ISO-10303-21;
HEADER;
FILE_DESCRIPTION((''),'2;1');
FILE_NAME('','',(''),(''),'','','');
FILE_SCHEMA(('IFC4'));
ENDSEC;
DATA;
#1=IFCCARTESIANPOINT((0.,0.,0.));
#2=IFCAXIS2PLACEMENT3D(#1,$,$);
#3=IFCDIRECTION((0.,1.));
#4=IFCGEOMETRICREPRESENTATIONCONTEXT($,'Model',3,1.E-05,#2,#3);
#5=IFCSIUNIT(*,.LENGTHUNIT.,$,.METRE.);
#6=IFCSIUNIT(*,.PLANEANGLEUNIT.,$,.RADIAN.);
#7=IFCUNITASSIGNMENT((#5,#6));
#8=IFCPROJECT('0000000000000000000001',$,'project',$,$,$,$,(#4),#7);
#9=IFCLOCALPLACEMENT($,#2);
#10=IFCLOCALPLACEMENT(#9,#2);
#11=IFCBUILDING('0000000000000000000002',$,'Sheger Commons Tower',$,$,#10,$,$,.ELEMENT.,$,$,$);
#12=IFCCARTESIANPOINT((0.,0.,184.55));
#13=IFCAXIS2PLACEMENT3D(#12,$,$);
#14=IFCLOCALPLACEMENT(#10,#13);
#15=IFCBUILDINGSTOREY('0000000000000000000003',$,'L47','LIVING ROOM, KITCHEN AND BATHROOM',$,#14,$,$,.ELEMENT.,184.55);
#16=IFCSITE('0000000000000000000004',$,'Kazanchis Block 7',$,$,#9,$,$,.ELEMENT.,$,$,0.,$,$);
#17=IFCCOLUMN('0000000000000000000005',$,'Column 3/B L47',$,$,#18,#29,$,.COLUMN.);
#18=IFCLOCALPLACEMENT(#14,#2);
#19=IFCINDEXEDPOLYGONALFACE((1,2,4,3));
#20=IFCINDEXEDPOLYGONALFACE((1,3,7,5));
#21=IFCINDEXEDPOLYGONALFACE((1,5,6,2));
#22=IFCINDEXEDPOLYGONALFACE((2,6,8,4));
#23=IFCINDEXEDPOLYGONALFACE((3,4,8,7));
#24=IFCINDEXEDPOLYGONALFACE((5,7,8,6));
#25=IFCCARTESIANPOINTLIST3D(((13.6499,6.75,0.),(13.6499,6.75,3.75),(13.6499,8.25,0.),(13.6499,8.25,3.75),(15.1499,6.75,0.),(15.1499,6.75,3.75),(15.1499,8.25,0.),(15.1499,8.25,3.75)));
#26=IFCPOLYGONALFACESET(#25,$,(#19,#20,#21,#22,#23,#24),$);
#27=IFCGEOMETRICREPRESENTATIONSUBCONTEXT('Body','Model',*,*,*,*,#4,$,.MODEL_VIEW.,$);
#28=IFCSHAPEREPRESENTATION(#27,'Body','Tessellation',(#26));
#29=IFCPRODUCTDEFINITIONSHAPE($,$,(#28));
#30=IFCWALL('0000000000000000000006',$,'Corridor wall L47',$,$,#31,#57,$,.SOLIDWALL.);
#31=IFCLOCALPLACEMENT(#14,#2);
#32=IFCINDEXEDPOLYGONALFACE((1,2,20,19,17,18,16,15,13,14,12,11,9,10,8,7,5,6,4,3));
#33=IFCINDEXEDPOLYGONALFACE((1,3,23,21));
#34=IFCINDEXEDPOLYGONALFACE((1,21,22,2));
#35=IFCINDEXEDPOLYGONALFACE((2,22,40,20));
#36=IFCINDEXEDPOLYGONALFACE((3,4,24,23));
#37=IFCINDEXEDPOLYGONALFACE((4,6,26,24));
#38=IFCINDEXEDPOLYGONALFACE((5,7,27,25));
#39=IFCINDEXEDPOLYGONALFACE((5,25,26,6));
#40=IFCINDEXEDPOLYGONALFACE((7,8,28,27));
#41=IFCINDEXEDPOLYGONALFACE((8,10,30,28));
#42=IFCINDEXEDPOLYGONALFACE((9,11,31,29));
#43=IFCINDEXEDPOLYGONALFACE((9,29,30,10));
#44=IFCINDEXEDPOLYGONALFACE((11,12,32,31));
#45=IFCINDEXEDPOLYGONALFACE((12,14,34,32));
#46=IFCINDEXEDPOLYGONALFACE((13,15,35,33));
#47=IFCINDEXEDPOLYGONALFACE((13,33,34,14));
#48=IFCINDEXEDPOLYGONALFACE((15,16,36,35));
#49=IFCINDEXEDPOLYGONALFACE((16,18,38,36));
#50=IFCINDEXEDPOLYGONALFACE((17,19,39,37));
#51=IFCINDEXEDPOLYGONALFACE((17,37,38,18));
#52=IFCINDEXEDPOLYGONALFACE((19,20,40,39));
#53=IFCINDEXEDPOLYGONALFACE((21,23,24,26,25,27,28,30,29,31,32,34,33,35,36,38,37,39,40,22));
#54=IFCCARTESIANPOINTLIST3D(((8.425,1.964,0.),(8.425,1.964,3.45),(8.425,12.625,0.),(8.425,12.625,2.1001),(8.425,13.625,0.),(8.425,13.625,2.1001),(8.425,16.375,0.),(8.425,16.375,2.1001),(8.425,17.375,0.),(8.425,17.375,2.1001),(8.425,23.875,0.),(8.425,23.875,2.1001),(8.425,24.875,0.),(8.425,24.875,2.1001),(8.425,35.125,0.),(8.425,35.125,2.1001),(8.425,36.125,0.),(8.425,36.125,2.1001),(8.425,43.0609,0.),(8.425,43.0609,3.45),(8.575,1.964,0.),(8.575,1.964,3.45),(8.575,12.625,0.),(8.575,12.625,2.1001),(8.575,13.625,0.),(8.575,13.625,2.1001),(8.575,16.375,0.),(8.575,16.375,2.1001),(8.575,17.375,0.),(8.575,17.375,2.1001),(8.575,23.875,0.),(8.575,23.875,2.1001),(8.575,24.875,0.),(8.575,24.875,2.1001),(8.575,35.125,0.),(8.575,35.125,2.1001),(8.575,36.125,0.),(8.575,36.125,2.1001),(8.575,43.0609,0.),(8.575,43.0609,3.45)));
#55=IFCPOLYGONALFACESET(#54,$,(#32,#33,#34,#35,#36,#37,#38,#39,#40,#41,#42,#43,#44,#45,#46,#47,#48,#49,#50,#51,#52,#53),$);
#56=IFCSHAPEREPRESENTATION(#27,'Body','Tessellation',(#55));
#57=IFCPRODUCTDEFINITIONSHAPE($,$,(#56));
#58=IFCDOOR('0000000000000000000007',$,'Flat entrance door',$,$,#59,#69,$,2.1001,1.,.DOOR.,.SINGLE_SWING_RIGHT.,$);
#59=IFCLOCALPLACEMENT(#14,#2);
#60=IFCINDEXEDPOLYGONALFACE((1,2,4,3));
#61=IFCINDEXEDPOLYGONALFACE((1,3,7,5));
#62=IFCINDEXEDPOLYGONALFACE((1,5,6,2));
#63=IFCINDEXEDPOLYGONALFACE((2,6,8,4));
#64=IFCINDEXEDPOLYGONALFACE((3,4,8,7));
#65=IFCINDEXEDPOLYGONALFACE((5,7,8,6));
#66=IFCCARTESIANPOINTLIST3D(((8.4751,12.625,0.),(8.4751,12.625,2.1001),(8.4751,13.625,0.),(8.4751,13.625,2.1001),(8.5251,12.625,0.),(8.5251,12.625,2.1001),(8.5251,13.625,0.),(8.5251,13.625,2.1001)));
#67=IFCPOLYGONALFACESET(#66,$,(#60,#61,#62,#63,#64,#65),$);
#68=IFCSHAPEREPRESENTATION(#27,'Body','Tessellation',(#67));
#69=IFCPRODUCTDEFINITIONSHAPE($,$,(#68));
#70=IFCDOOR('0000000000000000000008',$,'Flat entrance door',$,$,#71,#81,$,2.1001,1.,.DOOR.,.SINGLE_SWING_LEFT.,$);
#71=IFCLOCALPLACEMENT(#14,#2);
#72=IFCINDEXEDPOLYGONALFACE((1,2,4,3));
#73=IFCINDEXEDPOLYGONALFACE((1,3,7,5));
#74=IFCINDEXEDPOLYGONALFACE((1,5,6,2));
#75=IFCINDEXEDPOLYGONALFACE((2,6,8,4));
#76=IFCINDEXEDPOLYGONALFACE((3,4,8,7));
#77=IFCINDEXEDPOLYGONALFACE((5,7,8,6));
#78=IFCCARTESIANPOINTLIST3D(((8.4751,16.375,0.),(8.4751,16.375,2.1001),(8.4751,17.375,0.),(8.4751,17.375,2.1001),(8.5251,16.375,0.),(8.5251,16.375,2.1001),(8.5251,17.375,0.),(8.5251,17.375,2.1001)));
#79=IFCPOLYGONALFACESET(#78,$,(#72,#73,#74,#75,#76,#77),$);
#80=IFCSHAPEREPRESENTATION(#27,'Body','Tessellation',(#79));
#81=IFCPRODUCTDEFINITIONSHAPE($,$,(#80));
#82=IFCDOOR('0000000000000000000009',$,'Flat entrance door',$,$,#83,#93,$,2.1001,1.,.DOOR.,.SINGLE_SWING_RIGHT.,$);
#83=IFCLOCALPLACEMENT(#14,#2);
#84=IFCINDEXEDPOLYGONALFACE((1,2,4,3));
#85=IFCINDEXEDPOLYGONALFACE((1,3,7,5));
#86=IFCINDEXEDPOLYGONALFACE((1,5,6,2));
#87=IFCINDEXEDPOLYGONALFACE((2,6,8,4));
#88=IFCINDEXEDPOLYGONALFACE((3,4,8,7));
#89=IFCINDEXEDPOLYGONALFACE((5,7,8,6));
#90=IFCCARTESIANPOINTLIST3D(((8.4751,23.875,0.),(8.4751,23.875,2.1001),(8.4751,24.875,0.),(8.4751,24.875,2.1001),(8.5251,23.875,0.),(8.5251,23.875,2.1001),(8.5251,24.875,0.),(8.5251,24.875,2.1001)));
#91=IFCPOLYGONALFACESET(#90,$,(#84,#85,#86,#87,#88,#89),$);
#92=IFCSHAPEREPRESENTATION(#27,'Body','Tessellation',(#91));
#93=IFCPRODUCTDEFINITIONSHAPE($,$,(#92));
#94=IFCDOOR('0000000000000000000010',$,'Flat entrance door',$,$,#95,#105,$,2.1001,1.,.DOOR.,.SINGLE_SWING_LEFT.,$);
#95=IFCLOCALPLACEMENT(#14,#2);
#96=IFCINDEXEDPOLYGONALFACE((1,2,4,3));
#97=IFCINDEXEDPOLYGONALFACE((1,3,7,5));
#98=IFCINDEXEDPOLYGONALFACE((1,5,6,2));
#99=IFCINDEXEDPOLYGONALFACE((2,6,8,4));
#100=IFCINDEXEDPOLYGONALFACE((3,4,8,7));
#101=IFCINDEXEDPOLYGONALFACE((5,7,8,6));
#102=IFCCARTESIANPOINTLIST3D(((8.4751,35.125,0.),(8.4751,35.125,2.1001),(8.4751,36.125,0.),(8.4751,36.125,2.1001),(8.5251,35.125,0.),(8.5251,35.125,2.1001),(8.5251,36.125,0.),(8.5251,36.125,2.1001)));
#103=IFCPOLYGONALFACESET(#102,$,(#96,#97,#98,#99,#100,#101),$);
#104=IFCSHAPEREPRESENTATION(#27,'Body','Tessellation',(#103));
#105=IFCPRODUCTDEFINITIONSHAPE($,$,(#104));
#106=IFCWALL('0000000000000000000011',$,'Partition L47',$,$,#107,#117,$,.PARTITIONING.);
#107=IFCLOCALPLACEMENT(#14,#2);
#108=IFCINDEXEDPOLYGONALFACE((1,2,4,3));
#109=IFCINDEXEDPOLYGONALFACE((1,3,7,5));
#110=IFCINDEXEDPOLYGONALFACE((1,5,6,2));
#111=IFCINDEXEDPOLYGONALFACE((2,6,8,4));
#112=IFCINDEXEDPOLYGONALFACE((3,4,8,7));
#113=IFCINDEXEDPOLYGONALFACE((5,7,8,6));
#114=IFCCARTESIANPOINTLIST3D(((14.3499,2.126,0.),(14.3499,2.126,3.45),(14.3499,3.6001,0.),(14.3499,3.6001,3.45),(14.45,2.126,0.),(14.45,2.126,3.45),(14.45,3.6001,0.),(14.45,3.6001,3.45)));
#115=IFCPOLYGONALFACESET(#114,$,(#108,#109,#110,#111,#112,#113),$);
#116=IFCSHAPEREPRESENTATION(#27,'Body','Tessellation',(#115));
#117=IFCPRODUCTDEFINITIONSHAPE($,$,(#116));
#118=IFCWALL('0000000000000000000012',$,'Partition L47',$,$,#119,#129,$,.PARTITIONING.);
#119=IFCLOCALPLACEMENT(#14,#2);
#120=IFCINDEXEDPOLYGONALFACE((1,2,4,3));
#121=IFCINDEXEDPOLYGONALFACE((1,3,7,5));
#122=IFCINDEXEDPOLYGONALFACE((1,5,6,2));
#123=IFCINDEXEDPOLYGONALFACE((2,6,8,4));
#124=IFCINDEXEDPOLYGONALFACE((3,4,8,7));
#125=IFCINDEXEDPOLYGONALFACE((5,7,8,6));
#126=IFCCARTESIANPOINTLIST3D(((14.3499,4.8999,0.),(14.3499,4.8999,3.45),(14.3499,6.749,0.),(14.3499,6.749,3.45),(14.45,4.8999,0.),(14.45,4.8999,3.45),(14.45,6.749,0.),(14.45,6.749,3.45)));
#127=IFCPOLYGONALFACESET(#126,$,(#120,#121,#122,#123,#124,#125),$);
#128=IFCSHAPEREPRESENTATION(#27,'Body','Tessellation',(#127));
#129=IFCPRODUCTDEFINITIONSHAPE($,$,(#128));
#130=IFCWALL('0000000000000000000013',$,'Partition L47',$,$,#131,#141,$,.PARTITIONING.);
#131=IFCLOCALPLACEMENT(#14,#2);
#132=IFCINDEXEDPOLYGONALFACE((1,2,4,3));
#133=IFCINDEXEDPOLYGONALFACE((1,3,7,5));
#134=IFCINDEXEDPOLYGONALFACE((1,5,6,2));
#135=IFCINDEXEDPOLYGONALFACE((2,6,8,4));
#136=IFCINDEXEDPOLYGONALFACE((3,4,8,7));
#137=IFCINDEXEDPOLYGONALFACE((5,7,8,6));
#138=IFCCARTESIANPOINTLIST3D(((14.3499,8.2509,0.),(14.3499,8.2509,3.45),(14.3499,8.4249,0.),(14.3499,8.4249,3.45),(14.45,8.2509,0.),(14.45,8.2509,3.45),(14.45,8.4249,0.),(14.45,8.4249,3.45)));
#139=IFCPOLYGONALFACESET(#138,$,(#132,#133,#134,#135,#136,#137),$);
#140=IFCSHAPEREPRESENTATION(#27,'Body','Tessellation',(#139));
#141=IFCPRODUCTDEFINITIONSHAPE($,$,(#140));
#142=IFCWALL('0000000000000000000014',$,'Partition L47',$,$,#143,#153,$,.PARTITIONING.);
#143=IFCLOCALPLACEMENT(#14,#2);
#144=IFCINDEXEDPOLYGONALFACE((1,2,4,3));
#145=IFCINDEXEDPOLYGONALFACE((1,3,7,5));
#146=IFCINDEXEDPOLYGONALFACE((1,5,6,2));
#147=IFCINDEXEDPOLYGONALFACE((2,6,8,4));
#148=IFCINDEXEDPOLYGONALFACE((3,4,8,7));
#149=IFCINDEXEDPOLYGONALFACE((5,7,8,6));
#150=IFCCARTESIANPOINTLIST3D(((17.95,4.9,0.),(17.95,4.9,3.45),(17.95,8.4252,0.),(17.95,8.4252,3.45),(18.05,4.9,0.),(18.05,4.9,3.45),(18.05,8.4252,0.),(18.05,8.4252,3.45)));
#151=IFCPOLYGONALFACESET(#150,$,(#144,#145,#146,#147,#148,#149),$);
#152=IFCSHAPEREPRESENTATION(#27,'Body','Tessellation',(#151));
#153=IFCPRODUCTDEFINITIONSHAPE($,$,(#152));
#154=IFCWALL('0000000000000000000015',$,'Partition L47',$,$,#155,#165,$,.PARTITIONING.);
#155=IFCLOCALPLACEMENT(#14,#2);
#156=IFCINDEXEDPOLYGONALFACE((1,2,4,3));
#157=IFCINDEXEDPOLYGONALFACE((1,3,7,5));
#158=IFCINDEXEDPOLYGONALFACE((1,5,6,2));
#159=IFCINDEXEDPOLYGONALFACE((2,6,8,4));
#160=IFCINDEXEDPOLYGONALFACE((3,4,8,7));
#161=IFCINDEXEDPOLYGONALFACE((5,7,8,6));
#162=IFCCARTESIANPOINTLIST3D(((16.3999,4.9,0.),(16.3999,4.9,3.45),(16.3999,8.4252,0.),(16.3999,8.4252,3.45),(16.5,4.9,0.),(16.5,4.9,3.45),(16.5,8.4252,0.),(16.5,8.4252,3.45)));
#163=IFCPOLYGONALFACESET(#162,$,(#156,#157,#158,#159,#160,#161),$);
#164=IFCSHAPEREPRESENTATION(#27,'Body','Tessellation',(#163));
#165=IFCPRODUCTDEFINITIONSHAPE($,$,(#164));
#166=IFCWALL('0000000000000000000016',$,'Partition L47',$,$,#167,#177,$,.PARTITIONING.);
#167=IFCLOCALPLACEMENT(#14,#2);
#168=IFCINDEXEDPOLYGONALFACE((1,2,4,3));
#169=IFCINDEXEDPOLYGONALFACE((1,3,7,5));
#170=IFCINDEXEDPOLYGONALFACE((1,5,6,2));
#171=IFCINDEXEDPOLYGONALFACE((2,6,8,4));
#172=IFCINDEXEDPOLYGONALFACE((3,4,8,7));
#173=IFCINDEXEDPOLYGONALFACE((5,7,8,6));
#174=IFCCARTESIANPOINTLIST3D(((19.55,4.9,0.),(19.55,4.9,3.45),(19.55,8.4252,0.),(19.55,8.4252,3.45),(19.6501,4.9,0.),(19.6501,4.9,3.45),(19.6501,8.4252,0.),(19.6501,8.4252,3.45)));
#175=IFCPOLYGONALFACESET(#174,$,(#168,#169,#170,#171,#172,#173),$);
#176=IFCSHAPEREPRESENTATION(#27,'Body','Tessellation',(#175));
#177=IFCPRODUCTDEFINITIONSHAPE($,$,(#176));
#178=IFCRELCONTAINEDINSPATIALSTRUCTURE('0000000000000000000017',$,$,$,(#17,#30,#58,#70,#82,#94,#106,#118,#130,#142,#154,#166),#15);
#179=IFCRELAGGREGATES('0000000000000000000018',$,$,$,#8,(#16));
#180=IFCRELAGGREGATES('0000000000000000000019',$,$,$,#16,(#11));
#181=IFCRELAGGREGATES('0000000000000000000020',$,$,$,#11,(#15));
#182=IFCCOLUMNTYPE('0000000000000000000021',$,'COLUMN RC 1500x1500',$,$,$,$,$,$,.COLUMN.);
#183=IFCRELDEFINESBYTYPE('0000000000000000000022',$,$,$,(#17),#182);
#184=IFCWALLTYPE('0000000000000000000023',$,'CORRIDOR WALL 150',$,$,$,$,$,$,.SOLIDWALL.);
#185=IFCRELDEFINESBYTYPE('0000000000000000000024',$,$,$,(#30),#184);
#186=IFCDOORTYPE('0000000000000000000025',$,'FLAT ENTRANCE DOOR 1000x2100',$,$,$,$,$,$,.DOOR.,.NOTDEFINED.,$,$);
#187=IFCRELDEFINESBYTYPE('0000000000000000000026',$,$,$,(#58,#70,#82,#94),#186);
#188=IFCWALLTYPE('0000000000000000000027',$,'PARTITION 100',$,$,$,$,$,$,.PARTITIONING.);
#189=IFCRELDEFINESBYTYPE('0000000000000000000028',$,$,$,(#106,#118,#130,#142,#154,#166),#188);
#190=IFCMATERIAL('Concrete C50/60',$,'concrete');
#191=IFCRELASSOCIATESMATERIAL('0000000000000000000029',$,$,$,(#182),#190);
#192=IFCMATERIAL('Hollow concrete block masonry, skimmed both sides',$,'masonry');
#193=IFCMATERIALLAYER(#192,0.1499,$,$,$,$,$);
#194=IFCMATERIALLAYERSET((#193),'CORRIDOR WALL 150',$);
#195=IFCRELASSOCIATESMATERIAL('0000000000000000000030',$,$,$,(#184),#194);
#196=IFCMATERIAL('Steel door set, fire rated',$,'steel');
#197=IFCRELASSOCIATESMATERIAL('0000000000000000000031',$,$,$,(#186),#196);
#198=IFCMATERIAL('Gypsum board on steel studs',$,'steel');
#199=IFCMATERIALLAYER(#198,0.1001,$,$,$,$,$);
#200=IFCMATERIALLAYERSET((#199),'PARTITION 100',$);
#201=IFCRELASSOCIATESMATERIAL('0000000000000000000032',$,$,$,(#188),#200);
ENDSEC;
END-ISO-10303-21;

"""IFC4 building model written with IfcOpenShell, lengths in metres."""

from ifc_helpers import new_model, si_unit, direction, frame, frame_2d, origin, origin_2d, place, context, subcontext, project, spatial, rectangle, extrude, material, layer, layer_set, material_profile, profile_set, type_object, element, fill, save


model = new_model("IFC4")

# Units and contexts
model_context = context("Model", 3, precision=1e-05, world=origin(), true_north=direction((0.0, 1.0)))
body_context = subcontext(model_context, "Body", "Model", "MODEL_VIEW")
ifc_project = project(units=[si_unit("LENGTHUNIT", "METRE"), si_unit("PLANEANGLEUNIT", "RADIAN")], contexts=[model_context])

# Site, building, storey
site_placement = place(None, origin())
site = spatial("IfcSite", under=ifc_project, at=site_placement, Name="Kazanchis Block 7", CompositionType="ELEMENT", RefElevation=0.0)
building_placement = place(site_placement, origin())
building = spatial("IfcBuilding", under=site, at=building_placement, Name="Sheger Commons Tower", CompositionType="ELEMENT")
storey_placement = place(building_placement, frame((0.0, 0.0, 184.55)))
storey = spatial("IfcBuildingStorey", under=building, at=storey_placement, Name="L47", Description="LIVING ROOM, KITCHEN AND BATHROOM", CompositionType="ELEMENT", Elevation=184.55)

# Column
ifc_material_1 = material(Name="Concrete C50/60", Category="concrete")
ifc_material_profile = material_profile(ifc_material_1, rectangle(XDim=1.5, YDim=1.5, at=origin_2d()), Name="RC 1500x1500")
ifc_profile_set = profile_set([ifc_material_profile], Name="Concrete C50/60")
column_type = type_object("IfcColumnType", Name="COLUMN RC 1500x1500", PredefinedType="COLUMN", material=ifc_profile_set)
column_placement = place(storey_placement, frame((14.3999, 7.5, 0.0), z_axis=(0.0, 0.0, 1.0), x_axis=(1.0, 0.0, 0.0)))
element("IfcColumn", 1, at=column_placement, inside=storey, type_object=column_type, Name="Column 3/B L47", PredefinedType="COLUMN", context=body_context, shape_type="SweptSolid", body=[
    extrude(rectangle(XDim=1.5, YDim=1.5, at=origin_2d()), origin(), (0.0, 0.0, 1.0), 3.75),
])

# Wall, openings, doors
ifc_material_2 = material(Name="Hollow concrete block masonry, skimmed both sides", Category="masonry")
ifc_layer_1 = layer(ifc_material_2, 0.1499)
ifc_layer_set_1 = layer_set([ifc_layer_1], Name="CORRIDOR WALL 150")
wall_type_1 = type_object("IfcWallType", Name="CORRIDOR WALL 150", PredefinedType="SOLIDWALL", material=ifc_layer_set_1)
wall_1_placement = place(storey_placement, frame((8.5, 1.9641, 0.0), z_axis=(0.0, 0.0, 1.0), x_axis=(0.0, 1.0, 0.0)))
wall_1 = element("IfcWall", 2, at=wall_1_placement, inside=storey, type_object=wall_type_1, Name="Corridor wall L47", PredefinedType="SOLIDWALL", context=body_context, shape_type="SweptSolid", body=[
    extrude(rectangle(XDim=41.0969, YDim=0.1499, at=frame_2d((20.5483, 0.0))), origin(), (0.0, 0.0, 1.0), 3.45),
])
opening_1_placement = place(wall_1_placement, frame((10.6609, 0.0, 0.0)))
opening_1 = element("IfcOpeningElement", 3, at=opening_1_placement, cuts=wall_1, PredefinedType="OPENING", context=body_context, shape_type="SweptSolid", body=[
    extrude(rectangle(XDim=1.0, YDim=2.1001, at=frame_2d((0.5, 1.05))), frame((0.0, 0.085, 0.0), z_axis=(0.0, -1.0, 0.0), x_axis=(1.0, 0.0, 0.0)), (0.0, 0.0, 1.0), 0.1699),
])
opening_2_placement = place(wall_1_placement, frame((14.4109, 0.0, 0.0)))
opening_2 = element("IfcOpeningElement", 4, at=opening_2_placement, cuts=wall_1, PredefinedType="OPENING", context=body_context, shape_type="SweptSolid", body=[
    extrude(rectangle(XDim=1.0, YDim=2.1001, at=frame_2d((0.5, 1.05))), frame((0.0, 0.085, 0.0), z_axis=(0.0, -1.0, 0.0), x_axis=(1.0, 0.0, 0.0)), (0.0, 0.0, 1.0), 0.1699),
])
opening_3_placement = place(wall_1_placement, frame((21.9109, 0.0, 0.0)))
opening_3 = element("IfcOpeningElement", 5, at=opening_3_placement, cuts=wall_1, PredefinedType="OPENING", context=body_context, shape_type="SweptSolid", body=[
    extrude(rectangle(XDim=1.0, YDim=2.1001, at=frame_2d((0.5, 1.05))), frame((0.0, 0.085, 0.0), z_axis=(0.0, -1.0, 0.0), x_axis=(1.0, 0.0, 0.0)), (0.0, 0.0, 1.0), 0.1699),
])
opening_4_placement = place(wall_1_placement, frame((33.1609, 0.0, 0.0)))
opening_4 = element("IfcOpeningElement", 6, at=opening_4_placement, cuts=wall_1, PredefinedType="OPENING", context=body_context, shape_type="SweptSolid", body=[
    extrude(rectangle(XDim=1.0, YDim=2.1001, at=frame_2d((0.5, 1.05))), frame((0.0, 0.085, 0.0), z_axis=(0.0, -1.0, 0.0), x_axis=(1.0, 0.0, 0.0)), (0.0, 0.0, 1.0), 0.1699),
])
ifc_material_3 = material(Name="Steel door set, fire rated", Category="steel")
door_type_1 = type_object("IfcDoorType", Name="FLAT ENTRANCE DOOR 1000x2100", OperationType="NOTDEFINED", PredefinedType="DOOR", material=ifc_material_3)
door_1_placement = place(opening_1_placement, origin())
door_1 = element("IfcDoor", 7, at=door_1_placement, inside=storey, type_object=door_type_1, Name="Flat entrance door", OperationType="SINGLE_SWING_RIGHT", OverallHeight=2.1001, OverallWidth=1.0, PredefinedType="DOOR", context=body_context, shape_type="SweptSolid", body=[
    extrude(rectangle(XDim=1.0, YDim=2.1001, at=frame_2d((0.5, 1.05))), frame((0.0, 0.0249, 0.0), z_axis=(0.0, -1.0, 0.0), x_axis=(1.0, 0.0, 0.0)), (0.0, 0.0, 1.0), 0.05),
])
fill(opening_1, door_1)
door_2_placement = place(opening_2_placement, origin())
door_2 = element("IfcDoor", 8, at=door_2_placement, inside=storey, type_object=door_type_1, Name="Flat entrance door", OperationType="SINGLE_SWING_LEFT", OverallHeight=2.1001, OverallWidth=1.0, PredefinedType="DOOR", context=body_context, shape_type="SweptSolid", body=[
    extrude(rectangle(XDim=1.0, YDim=2.1001, at=frame_2d((0.5, 1.05))), frame((0.0, 0.0249, 0.0), z_axis=(0.0, -1.0, 0.0), x_axis=(1.0, 0.0, 0.0)), (0.0, 0.0, 1.0), 0.05),
])
fill(opening_2, door_2)
door_3_placement = place(opening_3_placement, origin())
door_3 = element("IfcDoor", 9, at=door_3_placement, inside=storey, type_object=door_type_1, Name="Flat entrance door", OperationType="SINGLE_SWING_RIGHT", OverallHeight=2.1001, OverallWidth=1.0, PredefinedType="DOOR", context=body_context, shape_type="SweptSolid", body=[
    extrude(rectangle(XDim=1.0, YDim=2.1001, at=frame_2d((0.5, 1.05))), frame((0.0, 0.0249, 0.0), z_axis=(0.0, -1.0, 0.0), x_axis=(1.0, 0.0, 0.0)), (0.0, 0.0, 1.0), 0.05),
])
fill(opening_3, door_3)
door_4_placement = place(opening_4_placement, origin())
door_4 = element("IfcDoor", 10, at=door_4_placement, inside=storey, type_object=door_type_1, Name="Flat entrance door", OperationType="SINGLE_SWING_LEFT", OverallHeight=2.1001, OverallWidth=1.0, PredefinedType="DOOR", context=body_context, shape_type="SweptSolid", body=[
    extrude(rectangle(XDim=1.0, YDim=2.1001, at=frame_2d((0.5, 1.05))), frame((0.0, 0.0249, 0.0), z_axis=(0.0, -1.0, 0.0), x_axis=(1.0, 0.0, 0.0)), (0.0, 0.0, 1.0), 0.05),
])
fill(opening_4, door_4)

# Walls
ifc_material_4 = material(Name="Gypsum board on steel studs", Category="steel")
ifc_layer_2 = layer(ifc_material_4, 0.1001)
ifc_layer_set_2 = layer_set([ifc_layer_2], Name="PARTITION 100")
wall_type_2 = type_object("IfcWallType", Name="PARTITION 100", PredefinedType="PARTITIONING", material=ifc_layer_set_2)
wall_2_placement = place(storey_placement, frame((14.3999, 2.126, 0.0), z_axis=(0.0, 0.0, 1.0), x_axis=(0.0, 1.0, 0.0)))
element("IfcWall", 11, at=wall_2_placement, inside=storey, type_object=wall_type_2, Name="Partition L47", PredefinedType="PARTITIONING", context=body_context, shape_type="SweptSolid", body=[
    extrude(rectangle(XDim=1.4741, YDim=0.1001, at=frame_2d((0.7371, 0.0))), origin(), (0.0, 0.0, 1.0), 3.45),
])
wall_3_placement = place(storey_placement, frame((14.3999, 4.8999, 0.0), z_axis=(0.0, 0.0, 1.0), x_axis=(0.0, 1.0, 0.0)))
element("IfcWall", 12, at=wall_3_placement, inside=storey, type_object=wall_type_2, Name="Partition L47", PredefinedType="PARTITIONING", context=body_context, shape_type="SweptSolid", body=[
    extrude(rectangle(XDim=1.8491, YDim=0.1001, at=frame_2d((0.9246, 0.0))), origin(), (0.0, 0.0, 1.0), 3.45),
])
wall_4_placement = place(storey_placement, frame((14.3999, 8.251, 0.0), z_axis=(0.0, 0.0, 1.0), x_axis=(0.0, 1.0, 0.0)))
element("IfcWall", 13, at=wall_4_placement, inside=storey, type_object=wall_type_2, Name="Partition L47", PredefinedType="PARTITIONING", context=body_context, shape_type="SweptSolid", body=[
    extrude(rectangle(XDim=0.1741, YDim=0.1001, at=frame_2d((0.0869, 0.0))), origin(), (0.0, 0.0, 1.0), 3.45),
])
for number, where, z_axis, x_axis, name in (
    (14, (18.0, 4.8999, 0.0), (0.0, 0.0, 1.0), (0.0, 1.0, 0.0), "Partition L47"),
    (15, (16.45, 4.8999, 0.0), (0.0, 0.0, 1.0), (0.0, 1.0, 0.0), "Partition L47"),
    (16, (19.6001, 4.8999, 0.0), (0.0, 0.0, 1.0), (0.0, 1.0, 0.0), "Partition L47"),
):
    element("IfcWall", number, at=place(storey_placement, frame(where, z_axis=z_axis, x_axis=x_axis)), inside=storey, type_object=wall_type_2, Name=name, PredefinedType="PARTITIONING", context=body_context, shape_type="SweptSolid", body=[
        extrude(rectangle(XDim=3.5251, YDim=0.1001, at=frame_2d((1.7627, 0.0))), origin(), (0.0, 0.0, 1.0), 3.45),
    ])

save(model, "model.ifc")
